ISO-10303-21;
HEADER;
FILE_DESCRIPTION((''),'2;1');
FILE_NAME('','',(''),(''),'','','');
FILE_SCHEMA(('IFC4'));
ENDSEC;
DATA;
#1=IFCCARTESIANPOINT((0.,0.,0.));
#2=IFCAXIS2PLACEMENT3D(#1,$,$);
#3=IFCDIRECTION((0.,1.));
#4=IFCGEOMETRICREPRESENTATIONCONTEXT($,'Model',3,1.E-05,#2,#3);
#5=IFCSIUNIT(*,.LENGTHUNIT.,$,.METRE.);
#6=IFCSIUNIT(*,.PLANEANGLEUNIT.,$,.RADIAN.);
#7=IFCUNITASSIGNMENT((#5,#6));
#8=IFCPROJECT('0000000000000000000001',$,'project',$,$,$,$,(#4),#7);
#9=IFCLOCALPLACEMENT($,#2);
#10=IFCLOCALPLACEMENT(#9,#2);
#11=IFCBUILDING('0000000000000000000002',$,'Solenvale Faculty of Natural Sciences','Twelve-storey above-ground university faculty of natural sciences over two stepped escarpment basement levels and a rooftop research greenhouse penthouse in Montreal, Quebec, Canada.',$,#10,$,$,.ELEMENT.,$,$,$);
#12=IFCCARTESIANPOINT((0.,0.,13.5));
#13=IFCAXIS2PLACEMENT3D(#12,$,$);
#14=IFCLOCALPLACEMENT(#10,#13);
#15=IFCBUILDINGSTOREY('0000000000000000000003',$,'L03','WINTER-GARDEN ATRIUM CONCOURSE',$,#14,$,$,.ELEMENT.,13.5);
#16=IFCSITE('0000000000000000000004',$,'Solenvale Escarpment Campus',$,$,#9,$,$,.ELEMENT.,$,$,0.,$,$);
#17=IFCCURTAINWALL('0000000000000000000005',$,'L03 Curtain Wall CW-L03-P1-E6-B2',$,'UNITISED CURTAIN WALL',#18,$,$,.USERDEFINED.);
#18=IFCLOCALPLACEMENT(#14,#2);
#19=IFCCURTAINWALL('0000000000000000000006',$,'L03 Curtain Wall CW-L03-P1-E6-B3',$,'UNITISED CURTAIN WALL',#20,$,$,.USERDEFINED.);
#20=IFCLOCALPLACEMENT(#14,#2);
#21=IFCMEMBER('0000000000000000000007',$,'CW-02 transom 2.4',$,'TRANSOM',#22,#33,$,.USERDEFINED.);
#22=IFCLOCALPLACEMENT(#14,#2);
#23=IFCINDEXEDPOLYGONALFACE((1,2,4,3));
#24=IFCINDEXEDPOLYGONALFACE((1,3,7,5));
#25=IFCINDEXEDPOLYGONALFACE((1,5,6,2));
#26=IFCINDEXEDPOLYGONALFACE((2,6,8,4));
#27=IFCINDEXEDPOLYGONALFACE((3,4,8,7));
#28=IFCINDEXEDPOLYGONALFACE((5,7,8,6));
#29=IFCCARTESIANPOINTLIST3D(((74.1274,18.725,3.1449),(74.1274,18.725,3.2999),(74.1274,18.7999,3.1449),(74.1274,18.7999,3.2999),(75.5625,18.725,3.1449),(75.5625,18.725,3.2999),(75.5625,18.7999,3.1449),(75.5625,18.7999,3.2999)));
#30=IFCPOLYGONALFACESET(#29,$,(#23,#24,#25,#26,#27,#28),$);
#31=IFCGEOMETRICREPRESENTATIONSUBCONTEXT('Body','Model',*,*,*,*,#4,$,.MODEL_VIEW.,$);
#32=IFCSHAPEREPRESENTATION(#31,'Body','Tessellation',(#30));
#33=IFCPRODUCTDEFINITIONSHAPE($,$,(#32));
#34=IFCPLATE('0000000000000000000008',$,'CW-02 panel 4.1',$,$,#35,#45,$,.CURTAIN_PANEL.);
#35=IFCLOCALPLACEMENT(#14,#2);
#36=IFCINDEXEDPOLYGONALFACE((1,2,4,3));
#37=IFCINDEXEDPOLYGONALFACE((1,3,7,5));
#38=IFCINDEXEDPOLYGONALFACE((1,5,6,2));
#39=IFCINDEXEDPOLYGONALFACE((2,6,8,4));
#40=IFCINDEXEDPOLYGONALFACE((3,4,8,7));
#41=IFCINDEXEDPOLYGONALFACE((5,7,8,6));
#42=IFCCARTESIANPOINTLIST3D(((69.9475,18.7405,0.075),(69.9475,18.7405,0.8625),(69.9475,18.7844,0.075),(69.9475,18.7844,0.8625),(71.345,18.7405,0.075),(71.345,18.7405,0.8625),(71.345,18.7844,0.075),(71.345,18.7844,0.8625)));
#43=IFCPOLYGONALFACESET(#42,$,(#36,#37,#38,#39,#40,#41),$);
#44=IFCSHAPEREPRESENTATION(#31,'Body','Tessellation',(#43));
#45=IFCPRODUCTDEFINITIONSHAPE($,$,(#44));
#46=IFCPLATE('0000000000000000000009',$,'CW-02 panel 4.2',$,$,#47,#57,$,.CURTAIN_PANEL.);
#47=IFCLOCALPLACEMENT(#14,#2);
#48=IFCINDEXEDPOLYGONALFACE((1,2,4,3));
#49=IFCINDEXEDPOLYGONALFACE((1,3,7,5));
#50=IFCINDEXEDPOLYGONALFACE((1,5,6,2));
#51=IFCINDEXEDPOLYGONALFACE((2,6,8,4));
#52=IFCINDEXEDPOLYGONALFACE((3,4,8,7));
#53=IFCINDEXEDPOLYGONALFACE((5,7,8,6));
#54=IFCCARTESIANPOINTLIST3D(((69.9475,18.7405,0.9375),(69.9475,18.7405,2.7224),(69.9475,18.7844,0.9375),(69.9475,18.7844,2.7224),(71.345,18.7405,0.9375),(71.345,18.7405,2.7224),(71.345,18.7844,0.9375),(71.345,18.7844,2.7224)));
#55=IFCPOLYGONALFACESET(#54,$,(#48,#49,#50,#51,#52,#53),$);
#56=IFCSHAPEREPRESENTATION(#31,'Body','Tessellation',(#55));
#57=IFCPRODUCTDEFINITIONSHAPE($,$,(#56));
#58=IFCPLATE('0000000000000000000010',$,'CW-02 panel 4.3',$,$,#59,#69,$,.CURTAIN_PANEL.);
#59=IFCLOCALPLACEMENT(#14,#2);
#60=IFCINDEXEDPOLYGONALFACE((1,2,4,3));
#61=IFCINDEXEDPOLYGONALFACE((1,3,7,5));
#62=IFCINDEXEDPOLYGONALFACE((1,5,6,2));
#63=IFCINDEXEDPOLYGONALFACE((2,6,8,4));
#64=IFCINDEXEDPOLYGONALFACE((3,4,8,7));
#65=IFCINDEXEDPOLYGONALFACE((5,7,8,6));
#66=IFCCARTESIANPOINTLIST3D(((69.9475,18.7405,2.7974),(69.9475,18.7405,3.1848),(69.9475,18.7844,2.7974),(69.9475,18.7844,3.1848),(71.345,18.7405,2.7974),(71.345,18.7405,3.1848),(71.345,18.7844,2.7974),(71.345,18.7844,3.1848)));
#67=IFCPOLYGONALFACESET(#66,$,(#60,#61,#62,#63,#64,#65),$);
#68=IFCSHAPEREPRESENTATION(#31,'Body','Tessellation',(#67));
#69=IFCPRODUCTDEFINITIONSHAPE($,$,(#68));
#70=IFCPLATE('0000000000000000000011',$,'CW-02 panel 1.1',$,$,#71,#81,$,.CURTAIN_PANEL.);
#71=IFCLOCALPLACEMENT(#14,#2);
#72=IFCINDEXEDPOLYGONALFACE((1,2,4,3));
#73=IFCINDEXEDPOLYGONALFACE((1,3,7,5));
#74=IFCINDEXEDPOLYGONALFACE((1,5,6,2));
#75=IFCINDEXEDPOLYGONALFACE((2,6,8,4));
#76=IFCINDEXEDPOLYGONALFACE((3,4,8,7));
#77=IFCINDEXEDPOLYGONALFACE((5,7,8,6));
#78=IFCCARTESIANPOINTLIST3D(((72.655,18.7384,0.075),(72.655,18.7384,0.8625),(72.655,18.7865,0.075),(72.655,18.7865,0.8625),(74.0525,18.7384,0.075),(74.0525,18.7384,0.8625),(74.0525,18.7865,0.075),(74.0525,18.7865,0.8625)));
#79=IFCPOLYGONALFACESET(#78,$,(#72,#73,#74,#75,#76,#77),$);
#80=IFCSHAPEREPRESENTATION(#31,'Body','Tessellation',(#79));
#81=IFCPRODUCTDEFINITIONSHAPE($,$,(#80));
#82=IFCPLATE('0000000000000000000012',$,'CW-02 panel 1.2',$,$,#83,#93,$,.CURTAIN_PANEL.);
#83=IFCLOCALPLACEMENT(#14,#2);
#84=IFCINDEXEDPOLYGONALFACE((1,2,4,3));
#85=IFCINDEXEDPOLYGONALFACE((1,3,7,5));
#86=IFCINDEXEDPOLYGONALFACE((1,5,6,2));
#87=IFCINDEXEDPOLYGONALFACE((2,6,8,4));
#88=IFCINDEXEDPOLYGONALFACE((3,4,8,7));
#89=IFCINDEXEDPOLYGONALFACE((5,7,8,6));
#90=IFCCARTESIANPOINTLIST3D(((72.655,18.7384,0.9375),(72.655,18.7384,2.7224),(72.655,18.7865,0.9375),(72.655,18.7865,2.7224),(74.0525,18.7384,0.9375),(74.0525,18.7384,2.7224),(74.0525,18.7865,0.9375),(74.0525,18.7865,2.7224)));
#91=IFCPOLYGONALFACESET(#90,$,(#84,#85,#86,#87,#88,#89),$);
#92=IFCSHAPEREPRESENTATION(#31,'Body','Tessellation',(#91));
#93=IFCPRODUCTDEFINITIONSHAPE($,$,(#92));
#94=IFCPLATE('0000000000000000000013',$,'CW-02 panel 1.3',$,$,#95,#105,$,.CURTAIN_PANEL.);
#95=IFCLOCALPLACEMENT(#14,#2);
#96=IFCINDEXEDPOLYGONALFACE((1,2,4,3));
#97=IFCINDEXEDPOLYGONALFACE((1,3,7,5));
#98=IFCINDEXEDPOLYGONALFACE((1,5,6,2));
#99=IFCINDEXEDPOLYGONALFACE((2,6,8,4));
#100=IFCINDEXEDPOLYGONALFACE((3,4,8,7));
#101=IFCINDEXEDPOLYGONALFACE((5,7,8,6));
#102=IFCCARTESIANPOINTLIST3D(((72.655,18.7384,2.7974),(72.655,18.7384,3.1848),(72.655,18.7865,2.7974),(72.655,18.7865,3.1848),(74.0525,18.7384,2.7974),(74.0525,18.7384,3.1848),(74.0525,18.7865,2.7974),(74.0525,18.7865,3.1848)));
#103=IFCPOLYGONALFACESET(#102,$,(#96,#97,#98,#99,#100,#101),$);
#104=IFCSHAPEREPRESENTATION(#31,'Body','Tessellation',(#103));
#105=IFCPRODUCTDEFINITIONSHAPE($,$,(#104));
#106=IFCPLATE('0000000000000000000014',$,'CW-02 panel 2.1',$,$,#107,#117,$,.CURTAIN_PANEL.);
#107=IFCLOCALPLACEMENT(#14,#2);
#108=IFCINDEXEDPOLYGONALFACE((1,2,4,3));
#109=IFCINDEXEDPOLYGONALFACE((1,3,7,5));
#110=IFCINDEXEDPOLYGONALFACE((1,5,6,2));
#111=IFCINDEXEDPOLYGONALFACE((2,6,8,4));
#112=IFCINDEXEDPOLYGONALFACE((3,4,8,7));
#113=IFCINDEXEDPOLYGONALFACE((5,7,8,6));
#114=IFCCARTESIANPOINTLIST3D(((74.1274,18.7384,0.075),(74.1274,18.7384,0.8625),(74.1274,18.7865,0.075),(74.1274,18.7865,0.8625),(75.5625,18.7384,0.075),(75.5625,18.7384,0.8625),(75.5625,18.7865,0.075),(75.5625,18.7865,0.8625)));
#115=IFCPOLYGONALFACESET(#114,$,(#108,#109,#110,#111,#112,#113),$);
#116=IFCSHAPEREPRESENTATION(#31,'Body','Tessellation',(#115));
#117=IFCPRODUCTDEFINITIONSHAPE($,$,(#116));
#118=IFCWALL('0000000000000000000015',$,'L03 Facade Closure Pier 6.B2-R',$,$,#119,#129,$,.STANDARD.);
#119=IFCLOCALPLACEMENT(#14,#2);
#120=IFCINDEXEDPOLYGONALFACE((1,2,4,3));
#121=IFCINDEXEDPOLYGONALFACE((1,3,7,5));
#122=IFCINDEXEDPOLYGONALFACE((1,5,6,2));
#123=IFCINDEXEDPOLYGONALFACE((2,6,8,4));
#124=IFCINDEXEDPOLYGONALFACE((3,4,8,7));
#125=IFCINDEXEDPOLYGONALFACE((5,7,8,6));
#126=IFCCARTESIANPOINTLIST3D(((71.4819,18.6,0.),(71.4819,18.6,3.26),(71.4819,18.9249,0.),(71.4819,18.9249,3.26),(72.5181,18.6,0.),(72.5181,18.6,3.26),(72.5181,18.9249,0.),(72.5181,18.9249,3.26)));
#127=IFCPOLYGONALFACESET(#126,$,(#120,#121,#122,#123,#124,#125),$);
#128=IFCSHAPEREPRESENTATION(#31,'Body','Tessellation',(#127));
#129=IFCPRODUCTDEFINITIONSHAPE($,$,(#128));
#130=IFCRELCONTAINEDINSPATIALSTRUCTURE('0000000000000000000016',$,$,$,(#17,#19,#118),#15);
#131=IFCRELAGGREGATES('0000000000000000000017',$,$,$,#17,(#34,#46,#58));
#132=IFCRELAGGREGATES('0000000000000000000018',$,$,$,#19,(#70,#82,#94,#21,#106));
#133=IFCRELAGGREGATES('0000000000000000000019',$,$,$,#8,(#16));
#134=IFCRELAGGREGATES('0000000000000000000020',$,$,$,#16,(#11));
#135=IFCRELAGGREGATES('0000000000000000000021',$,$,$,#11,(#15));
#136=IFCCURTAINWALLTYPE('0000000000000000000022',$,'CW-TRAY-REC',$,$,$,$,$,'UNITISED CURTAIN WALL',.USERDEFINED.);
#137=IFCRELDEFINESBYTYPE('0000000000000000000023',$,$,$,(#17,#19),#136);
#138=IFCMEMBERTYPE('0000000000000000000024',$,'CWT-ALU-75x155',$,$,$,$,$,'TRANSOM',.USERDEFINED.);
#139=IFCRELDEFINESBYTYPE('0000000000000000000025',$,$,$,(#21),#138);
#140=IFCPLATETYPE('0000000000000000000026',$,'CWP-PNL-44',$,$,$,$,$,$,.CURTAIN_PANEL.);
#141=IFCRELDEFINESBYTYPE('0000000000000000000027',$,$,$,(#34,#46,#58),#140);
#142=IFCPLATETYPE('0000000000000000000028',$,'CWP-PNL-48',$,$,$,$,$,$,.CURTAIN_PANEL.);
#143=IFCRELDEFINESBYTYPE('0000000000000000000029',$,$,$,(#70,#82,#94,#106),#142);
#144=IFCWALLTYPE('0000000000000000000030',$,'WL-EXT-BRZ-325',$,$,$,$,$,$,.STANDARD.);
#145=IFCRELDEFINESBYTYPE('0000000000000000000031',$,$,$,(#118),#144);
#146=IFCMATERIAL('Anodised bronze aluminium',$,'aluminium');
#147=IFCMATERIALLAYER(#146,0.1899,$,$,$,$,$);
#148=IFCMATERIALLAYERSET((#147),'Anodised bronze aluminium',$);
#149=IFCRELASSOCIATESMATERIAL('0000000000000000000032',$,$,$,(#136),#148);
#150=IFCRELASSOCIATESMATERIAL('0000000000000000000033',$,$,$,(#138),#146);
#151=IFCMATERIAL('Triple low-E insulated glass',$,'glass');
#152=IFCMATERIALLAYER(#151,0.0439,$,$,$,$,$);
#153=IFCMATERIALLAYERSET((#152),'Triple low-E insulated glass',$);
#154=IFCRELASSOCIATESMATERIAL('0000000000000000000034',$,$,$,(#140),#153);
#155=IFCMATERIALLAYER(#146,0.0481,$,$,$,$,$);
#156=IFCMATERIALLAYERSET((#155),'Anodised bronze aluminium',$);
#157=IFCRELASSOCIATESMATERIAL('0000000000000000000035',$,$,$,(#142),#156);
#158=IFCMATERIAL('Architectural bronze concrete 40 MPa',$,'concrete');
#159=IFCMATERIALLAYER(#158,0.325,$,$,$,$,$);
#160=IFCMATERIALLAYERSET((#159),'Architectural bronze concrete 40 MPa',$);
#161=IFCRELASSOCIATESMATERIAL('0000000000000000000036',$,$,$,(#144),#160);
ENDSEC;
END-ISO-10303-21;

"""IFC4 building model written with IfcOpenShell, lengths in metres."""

from ifc_helpers import new_model, si_unit, direction, frame, frame_2d, origin, origin_2d, place, context, subcontext, project, spatial, rectangle, extrude, material, layer, layer_set, material_profile, profile_set, type_object, element, aggregate, save


model = new_model("IFC4")

# Units and contexts
model_context = context("Model", 3, precision=1e-05, world=origin(), true_north=direction((0.0, 1.0)))
body_context = subcontext(model_context, "Body", "Model", "MODEL_VIEW")
ifc_project = project(units=[si_unit("LENGTHUNIT", "METRE"), si_unit("PLANEANGLEUNIT", "RADIAN")], contexts=[model_context])

# Site, building, storey
site_placement = place(None, origin())
site = spatial("IfcSite", under=ifc_project, at=site_placement, Name="Solenvale Escarpment Campus", CompositionType="ELEMENT", RefElevation=0.0)
building_placement = place(site_placement, origin())
building = spatial("IfcBuilding", under=site, at=building_placement, Name="Solenvale Faculty of Natural Sciences", Description="Twelve-storey above-ground university faculty of natural sciences over two stepped escarpment basement levels and a rooftop research greenhouse penthouse in Montreal, Quebec, Canada.", CompositionType="ELEMENT")
storey_placement = place(building_placement, frame((0.0, 0.0, 13.5)))
storey = spatial("IfcBuildingStorey", under=building, at=storey_placement, Name="L03", Description="WINTER-GARDEN ATRIUM CONCOURSE", CompositionType="ELEMENT", Elevation=13.5)

# Curtain wall
ifc_material_1 = material(Name="Anodised bronze aluminium", Category="aluminium")
ifc_layer_1 = layer(ifc_material_1, 0.1899)
ifc_layer_set_1 = layer_set([ifc_layer_1], Name="Anodised bronze aluminium")
curtain_wall_type = type_object("IfcCurtainWallType", Name="CW-TRAY-REC", ElementType="UNITISED CURTAIN WALL", PredefinedType="USERDEFINED", material=ifc_layer_set_1)
curtain_wall_1_placement = place(storey_placement, origin())
curtain_wall_1 = element("IfcCurtainWall", 1, at=curtain_wall_1_placement, inside=storey, type_object=curtain_wall_type, Name="L03 Curtain Wall CW-L03-P1-E6-B2", ObjectType="UNITISED CURTAIN WALL", PredefinedType="USERDEFINED")

# Curtain wall
curtain_wall_2_placement = place(storey_placement, origin())
curtain_wall_2 = element("IfcCurtainWall", 2, at=curtain_wall_2_placement, inside=storey, type_object=curtain_wall_type, Name="L03 Curtain Wall CW-L03-P1-E6-B3", ObjectType="UNITISED CURTAIN WALL", PredefinedType="USERDEFINED")

# Member
ifc_material_profile_1 = material_profile(ifc_material_1, rectangle(XDim=0.075, YDim=0.155, at=origin_2d()), Name="ALU-TRN-75x155")
ifc_profile_set_1 = profile_set([ifc_material_profile_1], Name="Anodised bronze aluminium")
member_type_1 = type_object("IfcMemberType", Name="CWT-ALU-75x155", ElementType="TRANSOM", PredefinedType="USERDEFINED", material=ifc_profile_set_1)
member_1_placement = place(storey_placement, frame((74.1274, 18.7625, 3.2224), z_axis=(1.0, 0.0, 0.0), x_axis=(0.0, 1.0, 0.0)))
member_1 = element("IfcMember", 3, at=member_1_placement, type_object=member_type_1, Name="CW-02 transom 2.4", ObjectType="TRANSOM", PredefinedType="USERDEFINED", context=body_context, shape_type="SweptSolid", body=[
    extrude(rectangle(XDim=0.075, YDim=0.155, at=origin_2d()), origin(), (0.0, 0.0, 1.0), 1.4351),
])

# Plates
ifc_material_2 = material(Name="Triple low-E insulated glass", Category="glass")
ifc_layer_2 = layer(ifc_material_2, 0.0439)
ifc_layer_set_2 = layer_set([ifc_layer_2], Name="Triple low-E insulated glass")
plate_type_1 = type_object("IfcPlateType", Name="CWP-PNL-44", PredefinedType="CURTAIN_PANEL", material=ifc_layer_set_2)
plate_1_placement = place(storey_placement, frame((70.6462, 18.7625, 0.075), z_axis=(0.0, 0.0, 1.0), x_axis=(1.0, 0.0, 0.0)))
plate_1 = element("IfcPlate", 4, at=plate_1_placement, type_object=plate_type_1, Name="CW-02 panel 4.1", PredefinedType="CURTAIN_PANEL", context=body_context, shape_type="SweptSolid", body=[
    extrude(rectangle(XDim=1.3975, YDim=0.0439, at=origin_2d()), origin(), (0.0, 0.0, 1.0), 0.7876),
])
plate_2_placement = place(storey_placement, frame((70.6462, 18.7625, 0.9375), z_axis=(0.0, 0.0, 1.0), x_axis=(1.0, 0.0, 0.0)))
plate_2 = element("IfcPlate", 5, at=plate_2_placement, type_object=plate_type_1, Name="CW-02 panel 4.2", PredefinedType="CURTAIN_PANEL", context=body_context, shape_type="SweptSolid", body=[
    extrude(rectangle(XDim=1.3975, YDim=0.0439, at=origin_2d()), origin(), (0.0, 0.0, 1.0), 1.7849),
])
plate_3_placement = place(storey_placement, frame((70.6462, 18.7625, 2.7974), z_axis=(0.0, 0.0, 1.0), x_axis=(1.0, 0.0, 0.0)))
plate_3 = element("IfcPlate", 6, at=plate_3_placement, type_object=plate_type_1, Name="CW-02 panel 4.3", PredefinedType="CURTAIN_PANEL", context=body_context, shape_type="SweptSolid", body=[
    extrude(rectangle(XDim=1.3975, YDim=0.0439, at=origin_2d()), origin(), (0.0, 0.0, 1.0), 0.3875),
])
aggregate(curtain_wall_1, [plate_1, plate_2, plate_3])
ifc_layer_3 = layer(ifc_material_1, 0.0481)
ifc_layer_set_3 = layer_set([ifc_layer_3], Name="Anodised bronze aluminium")
plate_type_2 = type_object("IfcPlateType", Name="CWP-PNL-48", PredefinedType="CURTAIN_PANEL", material=ifc_layer_set_3)
plate_4_placement = place(storey_placement, frame((73.3538, 18.7625, 0.075), z_axis=(0.0, 0.0, 1.0), x_axis=(1.0, 0.0, 0.0)))
plate_4 = element("IfcPlate", 7, at=plate_4_placement, type_object=plate_type_2, Name="CW-02 panel 1.1", PredefinedType="CURTAIN_PANEL", context=body_context, shape_type="SweptSolid", body=[
    extrude(rectangle(XDim=1.3975, YDim=0.0481, at=origin_2d()), origin(), (0.0, 0.0, 1.0), 0.7876),
])
plate_5_placement = place(storey_placement, frame((73.3538, 18.7625, 0.9375), z_axis=(0.0, 0.0, 1.0), x_axis=(1.0, 0.0, 0.0)))
plate_5 = element("IfcPlate", 8, at=plate_5_placement, type_object=plate_type_2, Name="CW-02 panel 1.2", PredefinedType="CURTAIN_PANEL", context=body_context, shape_type="SweptSolid", body=[
    extrude(rectangle(XDim=1.3975, YDim=0.0481, at=origin_2d()), origin(), (0.0, 0.0, 1.0), 1.7849),
])
plate_6_placement = place(storey_placement, frame((73.3538, 18.7625, 2.7974), z_axis=(0.0, 0.0, 1.0), x_axis=(1.0, 0.0, 0.0)))
plate_6 = element("IfcPlate", 9, at=plate_6_placement, type_object=plate_type_2, Name="CW-02 panel 1.3", PredefinedType="CURTAIN_PANEL", context=body_context, shape_type="SweptSolid", body=[
    extrude(rectangle(XDim=1.3975, YDim=0.0481, at=origin_2d()), origin(), (0.0, 0.0, 1.0), 0.3875),
])
plate_7_placement = place(storey_placement, frame((74.845, 18.7625, 0.075), z_axis=(0.0, 0.0, 1.0), x_axis=(1.0, 0.0, 0.0)))
plate_7 = element("IfcPlate", 10, at=plate_7_placement, type_object=plate_type_2, Name="CW-02 panel 2.1", PredefinedType="CURTAIN_PANEL", context=body_context, shape_type="SweptSolid", body=[
    extrude(rectangle(XDim=1.4351, YDim=0.0481, at=origin_2d()), origin(), (0.0, 0.0, 1.0), 0.7876),
])
aggregate(curtain_wall_2, [plate_4, plate_5, plate_6, member_1, plate_7])

# Wall
ifc_material_3 = material(Name="Architectural bronze concrete 40 MPa", Category="concrete")
ifc_layer_4 = layer(ifc_material_3, 0.325)
ifc_layer_set_4 = layer_set([ifc_layer_4], Name="Architectural bronze concrete 40 MPa")
wall_type = type_object("IfcWallType", Name="WL-EXT-BRZ-325", PredefinedType="STANDARD", material=ifc_layer_set_4)
wall_placement = place(storey_placement, frame((71.4819, 18.7625, 0.0), z_axis=(0.0, 0.0, 1.0), x_axis=(1.0, 0.0, 0.0)))
element("IfcWall", 11, at=wall_placement, inside=storey, type_object=wall_type, Name="L03 Facade Closure Pier 6.B2-R", PredefinedType="STANDARD", context=body_context, shape_type="SweptSolid", body=[
    extrude(rectangle(XDim=1.0361, YDim=0.325, at=frame_2d((0.5181, 0.0))), origin(), (0.0, 0.0, 1.0), 3.26),
])

save(model, "model.ifc")
